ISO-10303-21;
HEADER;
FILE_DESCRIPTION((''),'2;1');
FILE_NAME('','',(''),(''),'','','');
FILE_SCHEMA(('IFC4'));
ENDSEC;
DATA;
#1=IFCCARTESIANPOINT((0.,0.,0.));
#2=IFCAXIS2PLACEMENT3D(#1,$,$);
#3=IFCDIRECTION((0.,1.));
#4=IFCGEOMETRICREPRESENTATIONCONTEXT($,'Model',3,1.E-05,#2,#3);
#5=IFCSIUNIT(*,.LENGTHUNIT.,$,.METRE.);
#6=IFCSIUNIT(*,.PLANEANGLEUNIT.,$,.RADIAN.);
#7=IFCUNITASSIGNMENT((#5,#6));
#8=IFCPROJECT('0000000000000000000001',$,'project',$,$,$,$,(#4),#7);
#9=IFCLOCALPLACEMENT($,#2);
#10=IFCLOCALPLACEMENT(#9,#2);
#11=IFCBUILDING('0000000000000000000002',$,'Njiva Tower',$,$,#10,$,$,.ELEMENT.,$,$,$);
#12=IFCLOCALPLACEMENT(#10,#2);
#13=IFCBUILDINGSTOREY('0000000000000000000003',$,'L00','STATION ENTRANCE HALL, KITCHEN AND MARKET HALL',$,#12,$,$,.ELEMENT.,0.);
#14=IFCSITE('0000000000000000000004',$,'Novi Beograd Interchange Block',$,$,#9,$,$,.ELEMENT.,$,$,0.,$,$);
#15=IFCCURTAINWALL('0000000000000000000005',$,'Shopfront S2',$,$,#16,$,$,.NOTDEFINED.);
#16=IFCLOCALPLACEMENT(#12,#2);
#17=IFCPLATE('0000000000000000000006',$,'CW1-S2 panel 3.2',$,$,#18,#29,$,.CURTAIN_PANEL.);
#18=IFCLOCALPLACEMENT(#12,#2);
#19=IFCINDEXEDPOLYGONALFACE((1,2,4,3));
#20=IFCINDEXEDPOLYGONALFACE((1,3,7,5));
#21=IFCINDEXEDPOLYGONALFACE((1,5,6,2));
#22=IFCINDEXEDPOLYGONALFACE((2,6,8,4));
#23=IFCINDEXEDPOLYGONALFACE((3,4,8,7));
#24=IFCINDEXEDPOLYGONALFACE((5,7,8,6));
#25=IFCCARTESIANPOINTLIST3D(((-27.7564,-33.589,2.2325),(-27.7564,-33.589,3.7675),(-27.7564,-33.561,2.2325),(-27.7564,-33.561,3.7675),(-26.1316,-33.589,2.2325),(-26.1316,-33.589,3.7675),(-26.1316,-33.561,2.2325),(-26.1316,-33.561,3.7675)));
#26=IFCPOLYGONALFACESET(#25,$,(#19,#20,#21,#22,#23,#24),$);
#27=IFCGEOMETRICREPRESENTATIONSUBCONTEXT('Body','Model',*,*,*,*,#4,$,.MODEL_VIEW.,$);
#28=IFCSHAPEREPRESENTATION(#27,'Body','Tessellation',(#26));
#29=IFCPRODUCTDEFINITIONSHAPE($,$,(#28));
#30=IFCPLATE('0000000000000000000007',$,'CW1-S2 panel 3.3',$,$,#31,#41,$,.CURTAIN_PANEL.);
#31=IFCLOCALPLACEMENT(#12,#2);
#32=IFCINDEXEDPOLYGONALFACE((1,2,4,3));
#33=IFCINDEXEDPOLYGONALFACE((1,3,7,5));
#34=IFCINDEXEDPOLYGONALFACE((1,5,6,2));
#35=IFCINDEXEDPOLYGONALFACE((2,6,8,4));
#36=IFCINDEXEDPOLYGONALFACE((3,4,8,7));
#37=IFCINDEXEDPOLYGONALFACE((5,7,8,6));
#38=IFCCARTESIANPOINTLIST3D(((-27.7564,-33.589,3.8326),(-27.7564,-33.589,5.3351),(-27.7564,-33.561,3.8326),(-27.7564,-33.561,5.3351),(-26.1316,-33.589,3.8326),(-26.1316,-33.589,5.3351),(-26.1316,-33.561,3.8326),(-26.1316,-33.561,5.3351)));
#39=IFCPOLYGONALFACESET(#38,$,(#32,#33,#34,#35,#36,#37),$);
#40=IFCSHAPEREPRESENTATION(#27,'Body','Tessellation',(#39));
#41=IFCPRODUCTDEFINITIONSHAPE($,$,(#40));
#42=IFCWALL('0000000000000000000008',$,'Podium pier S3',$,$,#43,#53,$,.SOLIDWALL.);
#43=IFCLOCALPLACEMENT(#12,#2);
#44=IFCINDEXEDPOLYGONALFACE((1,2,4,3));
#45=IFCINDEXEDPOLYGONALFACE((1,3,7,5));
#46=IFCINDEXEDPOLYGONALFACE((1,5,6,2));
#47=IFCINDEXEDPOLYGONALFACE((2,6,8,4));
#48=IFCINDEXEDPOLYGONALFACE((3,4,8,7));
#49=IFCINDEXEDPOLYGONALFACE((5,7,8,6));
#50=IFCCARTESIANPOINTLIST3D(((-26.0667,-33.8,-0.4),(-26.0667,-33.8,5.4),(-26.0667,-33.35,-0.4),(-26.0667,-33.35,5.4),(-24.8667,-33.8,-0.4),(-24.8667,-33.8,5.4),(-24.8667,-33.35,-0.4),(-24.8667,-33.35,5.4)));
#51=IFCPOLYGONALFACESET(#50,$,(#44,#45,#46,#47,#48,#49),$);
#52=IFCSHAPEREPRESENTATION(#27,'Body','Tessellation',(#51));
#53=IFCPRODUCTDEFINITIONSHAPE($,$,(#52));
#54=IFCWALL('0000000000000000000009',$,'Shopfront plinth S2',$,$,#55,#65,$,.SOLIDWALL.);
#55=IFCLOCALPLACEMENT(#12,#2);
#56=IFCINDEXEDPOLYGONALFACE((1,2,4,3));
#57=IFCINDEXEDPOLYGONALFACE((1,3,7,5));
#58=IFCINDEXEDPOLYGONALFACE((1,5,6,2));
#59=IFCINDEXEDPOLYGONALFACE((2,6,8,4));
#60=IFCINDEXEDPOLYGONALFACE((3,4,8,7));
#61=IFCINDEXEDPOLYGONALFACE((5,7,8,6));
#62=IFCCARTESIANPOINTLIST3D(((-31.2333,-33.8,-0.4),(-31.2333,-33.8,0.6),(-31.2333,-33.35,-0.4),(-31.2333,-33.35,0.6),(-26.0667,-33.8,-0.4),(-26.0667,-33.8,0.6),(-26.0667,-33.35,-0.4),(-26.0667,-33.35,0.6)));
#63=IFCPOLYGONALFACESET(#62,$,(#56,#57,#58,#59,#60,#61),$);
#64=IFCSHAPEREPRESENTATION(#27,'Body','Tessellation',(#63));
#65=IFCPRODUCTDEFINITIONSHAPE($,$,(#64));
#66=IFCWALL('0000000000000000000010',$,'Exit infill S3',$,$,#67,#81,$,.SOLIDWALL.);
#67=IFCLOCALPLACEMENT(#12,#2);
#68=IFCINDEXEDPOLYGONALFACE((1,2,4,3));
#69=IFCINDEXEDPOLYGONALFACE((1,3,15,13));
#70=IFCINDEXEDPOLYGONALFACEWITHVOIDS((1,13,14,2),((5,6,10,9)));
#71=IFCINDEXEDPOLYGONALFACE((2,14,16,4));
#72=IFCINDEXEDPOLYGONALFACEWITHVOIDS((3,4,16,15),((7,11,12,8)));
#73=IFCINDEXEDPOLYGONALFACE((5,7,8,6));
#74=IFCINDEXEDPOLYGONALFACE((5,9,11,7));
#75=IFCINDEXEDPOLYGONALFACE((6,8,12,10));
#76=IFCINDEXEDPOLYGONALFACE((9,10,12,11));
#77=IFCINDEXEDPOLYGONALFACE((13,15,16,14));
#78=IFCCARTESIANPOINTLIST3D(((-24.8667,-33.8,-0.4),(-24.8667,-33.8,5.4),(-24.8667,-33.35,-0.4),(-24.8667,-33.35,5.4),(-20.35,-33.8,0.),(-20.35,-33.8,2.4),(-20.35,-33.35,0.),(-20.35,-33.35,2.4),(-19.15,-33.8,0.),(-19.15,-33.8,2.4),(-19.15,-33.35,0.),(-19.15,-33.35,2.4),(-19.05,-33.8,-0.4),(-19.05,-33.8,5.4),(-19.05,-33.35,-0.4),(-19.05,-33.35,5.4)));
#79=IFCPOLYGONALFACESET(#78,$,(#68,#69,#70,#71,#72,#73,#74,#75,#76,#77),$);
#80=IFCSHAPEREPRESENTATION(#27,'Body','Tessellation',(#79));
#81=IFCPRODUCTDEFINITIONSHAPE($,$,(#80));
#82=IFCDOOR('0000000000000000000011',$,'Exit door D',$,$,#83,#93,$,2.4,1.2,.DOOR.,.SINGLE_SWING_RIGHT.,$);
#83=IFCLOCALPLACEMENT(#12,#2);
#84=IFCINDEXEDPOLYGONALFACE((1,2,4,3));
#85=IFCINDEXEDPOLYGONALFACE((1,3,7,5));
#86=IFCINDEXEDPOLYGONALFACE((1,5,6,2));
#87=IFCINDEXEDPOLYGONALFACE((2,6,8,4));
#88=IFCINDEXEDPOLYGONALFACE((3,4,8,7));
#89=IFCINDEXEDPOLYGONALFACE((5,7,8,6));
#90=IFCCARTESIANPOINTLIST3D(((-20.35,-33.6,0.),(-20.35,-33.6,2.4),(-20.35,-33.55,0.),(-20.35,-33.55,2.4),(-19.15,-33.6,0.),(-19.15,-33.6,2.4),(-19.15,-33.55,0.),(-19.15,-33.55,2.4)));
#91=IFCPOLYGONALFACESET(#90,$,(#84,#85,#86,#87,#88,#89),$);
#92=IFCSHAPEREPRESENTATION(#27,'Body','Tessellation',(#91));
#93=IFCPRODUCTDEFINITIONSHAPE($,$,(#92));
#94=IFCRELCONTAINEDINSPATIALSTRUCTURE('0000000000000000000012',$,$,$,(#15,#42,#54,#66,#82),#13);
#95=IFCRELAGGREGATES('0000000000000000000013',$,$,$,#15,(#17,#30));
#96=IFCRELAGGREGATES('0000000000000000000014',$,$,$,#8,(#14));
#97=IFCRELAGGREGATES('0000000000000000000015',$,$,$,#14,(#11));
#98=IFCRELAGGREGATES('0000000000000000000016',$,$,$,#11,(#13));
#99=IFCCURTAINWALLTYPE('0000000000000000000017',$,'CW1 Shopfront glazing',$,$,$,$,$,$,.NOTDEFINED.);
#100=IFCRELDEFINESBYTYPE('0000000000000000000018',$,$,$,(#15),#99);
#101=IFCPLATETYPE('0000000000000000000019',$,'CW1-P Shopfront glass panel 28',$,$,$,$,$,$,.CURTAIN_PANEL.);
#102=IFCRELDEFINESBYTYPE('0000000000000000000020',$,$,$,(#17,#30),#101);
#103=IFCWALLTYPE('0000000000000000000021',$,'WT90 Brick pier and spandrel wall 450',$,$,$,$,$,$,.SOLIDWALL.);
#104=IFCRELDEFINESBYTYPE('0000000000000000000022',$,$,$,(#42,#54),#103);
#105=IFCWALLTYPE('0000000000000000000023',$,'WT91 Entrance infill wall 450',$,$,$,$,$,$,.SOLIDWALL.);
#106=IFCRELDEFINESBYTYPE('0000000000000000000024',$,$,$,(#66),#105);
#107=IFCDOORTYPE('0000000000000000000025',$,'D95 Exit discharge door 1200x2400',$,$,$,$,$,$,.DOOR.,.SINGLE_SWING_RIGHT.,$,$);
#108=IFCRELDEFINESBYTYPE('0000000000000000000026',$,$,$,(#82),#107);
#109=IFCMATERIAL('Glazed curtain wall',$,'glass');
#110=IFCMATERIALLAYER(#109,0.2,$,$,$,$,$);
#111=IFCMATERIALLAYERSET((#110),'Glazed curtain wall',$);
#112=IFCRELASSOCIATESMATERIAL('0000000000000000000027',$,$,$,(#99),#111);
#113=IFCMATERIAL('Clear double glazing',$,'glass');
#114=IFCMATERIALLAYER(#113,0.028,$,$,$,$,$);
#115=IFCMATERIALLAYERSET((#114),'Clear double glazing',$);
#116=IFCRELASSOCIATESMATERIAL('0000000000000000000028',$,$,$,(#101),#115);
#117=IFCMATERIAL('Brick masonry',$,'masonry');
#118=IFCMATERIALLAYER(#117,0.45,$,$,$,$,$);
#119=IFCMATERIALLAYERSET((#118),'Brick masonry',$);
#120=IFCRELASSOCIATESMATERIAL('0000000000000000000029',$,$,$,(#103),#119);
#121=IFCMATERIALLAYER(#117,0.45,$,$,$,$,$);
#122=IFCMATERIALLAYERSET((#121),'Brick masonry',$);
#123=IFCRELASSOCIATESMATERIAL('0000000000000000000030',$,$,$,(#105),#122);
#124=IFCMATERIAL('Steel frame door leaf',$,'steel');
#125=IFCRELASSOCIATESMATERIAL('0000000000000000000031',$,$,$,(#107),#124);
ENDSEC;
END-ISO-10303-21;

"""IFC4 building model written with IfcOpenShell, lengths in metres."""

from ifc_helpers import new_model, si_unit, direction, frame, frame_2d, origin, origin_2d, place, context, subcontext, project, spatial, polyline, rectangle, outline, extrude, material, layer, layer_set, type_object, element, fill, aggregate, save


model = new_model("IFC4")

# Units and contexts
model_context = context("Model", 3, precision=1e-05, world=origin(), true_north=direction((0.0, 1.0)))
body_context = subcontext(model_context, "Body", "Model", "MODEL_VIEW")
ifc_project = project(units=[si_unit("LENGTHUNIT", "METRE"), si_unit("PLANEANGLEUNIT", "RADIAN")], contexts=[model_context])

# Site, building, storey
site_placement = place(None, origin())
site = spatial("IfcSite", under=ifc_project, at=site_placement, Name="Novi Beograd Interchange Block", CompositionType="ELEMENT", RefElevation=0.0)
building_placement = place(site_placement, origin())
building = spatial("IfcBuilding", under=site, at=building_placement, Name="Njiva Tower", CompositionType="ELEMENT")
storey_placement = place(building_placement, origin())
storey = spatial("IfcBuildingStorey", under=building, at=storey_placement, Name="L00", Description="STATION ENTRANCE HALL, KITCHEN AND MARKET HALL", CompositionType="ELEMENT", Elevation=0.0)

# Curtain wall, plates
ifc_material_1 = material(Name="Glazed curtain wall", Category="glass")
ifc_layer_1 = layer(ifc_material_1, 0.2)
ifc_layer_set_1 = layer_set([ifc_layer_1], Name="Glazed curtain wall")
curtain_wall_type = type_object("IfcCurtainWallType", Name="CW1 Shopfront glazing", PredefinedType="NOTDEFINED", material=ifc_layer_set_1)
curtain_wall_placement = place(storey_placement, origin())
curtain_wall = element("IfcCurtainWall", 1, at=curtain_wall_placement, inside=storey, type_object=curtain_wall_type, Name="Shopfront S2", PredefinedType="NOTDEFINED")
ifc_material_2 = material(Name="Clear double glazing", Category="glass")
ifc_layer_2 = layer(ifc_material_2, 0.028)
ifc_layer_set_2 = layer_set([ifc_layer_2], Name="Clear double glazing")
plate_type = type_object("IfcPlateType", Name="CW1-P Shopfront glass panel 28", PredefinedType="CURTAIN_PANEL", material=ifc_layer_set_2)
plate_1_placement = place(storey_placement, frame((-26.944, -33.575, 2.2325), z_axis=(0.0, 0.0, 1.0), x_axis=(1.0, 0.0, 0.0)))
plate_1 = element("IfcPlate", 2, at=plate_1_placement, type_object=plate_type, Name="CW1-S2 panel 3.2", PredefinedType="CURTAIN_PANEL", context=body_context, shape_type="SweptSolid", body=[
    extrude(rectangle(XDim=1.6247, YDim=0.028, at=origin_2d()), origin(), (0.0, 0.0, 1.0), 1.535),
])
plate_2_placement = place(storey_placement, frame((-26.944, -33.575, 3.8326), z_axis=(0.0, 0.0, 1.0), x_axis=(1.0, 0.0, 0.0)))
plate_2 = element("IfcPlate", 3, at=plate_2_placement, type_object=plate_type, Name="CW1-S2 panel 3.3", PredefinedType="CURTAIN_PANEL", context=body_context, shape_type="SweptSolid", body=[
    extrude(rectangle(XDim=1.6247, YDim=0.028, at=origin_2d()), origin(), (0.0, 0.0, 1.0), 1.5025),
])
aggregate(curtain_wall, [plate_1, plate_2])

# Walls
ifc_material_3 = material(Name="Brick masonry", Category="masonry")
ifc_layer_3 = layer(ifc_material_3, 0.45)
ifc_layer_set_3 = layer_set([ifc_layer_3], Name="Brick masonry")
wall_type_1 = type_object("IfcWallType", Name="WT90 Brick pier and spandrel wall 450", PredefinedType="SOLIDWALL", material=ifc_layer_set_3)
wall_1_placement = place(storey_placement, frame((-26.0667, -33.575, -0.4), z_axis=(0.0, 0.0, 1.0), x_axis=(1.0, 0.0, 0.0)))
element("IfcWall", 4, at=wall_1_placement, inside=storey, type_object=wall_type_1, Name="Podium pier S3", PredefinedType="SOLIDWALL", context=body_context, shape_type="SweptSolid", body=[
    extrude(outline(polyline([(0.0, -0.225), (1.2, -0.225), (1.2, 0.225), (0.0, 0.225), (0.0, -0.225)])), origin(), (0.0, 0.0, 1.0), 5.8),
])
wall_2_placement = place(storey_placement, frame((-31.2333, -33.575, -0.4), z_axis=(0.0, 0.0, 1.0), x_axis=(1.0, 0.0, 0.0)))
element("IfcWall", 5, at=wall_2_placement, inside=storey, type_object=wall_type_1, Name="Shopfront plinth S2", PredefinedType="SOLIDWALL", context=body_context, shape_type="SweptSolid", body=[
    extrude(outline(polyline([(0.0, -0.225), (5.1666, -0.225), (5.1666, 0.225), (0.0, 0.225), (0.0, -0.225)])), origin(), (0.0, 0.0, 1.0), 1.0),
])

# Wall, opening, door
ifc_layer_4 = layer(ifc_material_3, 0.45)
ifc_layer_set_4 = layer_set([ifc_layer_4], Name="Brick masonry")
wall_type_2 = type_object("IfcWallType", Name="WT91 Entrance infill wall 450", PredefinedType="SOLIDWALL", material=ifc_layer_set_4)
wall_3_placement = place(storey_placement, frame((-24.8667, -33.575, -0.4), z_axis=(0.0, 0.0, 1.0), x_axis=(1.0, 0.0, 0.0)))
wall_3 = element("IfcWall", 6, at=wall_3_placement, inside=storey, type_object=wall_type_2, Name="Exit infill S3", PredefinedType="SOLIDWALL", context=body_context, shape_type="SweptSolid", body=[
    extrude(outline(polyline([(0.0, -0.225), (5.8167, -0.225), (5.8167, 0.225), (0.0, 0.225), (0.0, -0.225)])), origin(), (0.0, 0.0, 1.0), 5.8),
])
opening_placement = place(wall_3_placement, frame((4.5167, 0.0, 0.4)))
opening = element("IfcOpeningElement", 7, at=opening_placement, cuts=wall_3, PredefinedType="OPENING", context=body_context, shape_type="SweptSolid", body=[
    extrude(rectangle(XDim=1.2, YDim=2.4, at=frame_2d((0.6, 1.2))), frame((0.0, 0.235, 0.0), z_axis=(0.0, -1.0, 0.0), x_axis=(1.0, 0.0, 0.0)), (0.0, 0.0, 1.0), 0.47),
])
ifc_material_4 = material(Name="Steel frame door leaf", Category="steel")
door_type = type_object("IfcDoorType", Name="D95 Exit discharge door 1200x2400", OperationType="SINGLE_SWING_RIGHT", PredefinedType="DOOR", material=ifc_material_4)
door_placement = place(opening_placement, frame((1.2, 0.0, 0.0), z_axis=(0.0, 0.0, 1.0), x_axis=(-1.0, 0.0, 0.0)))
door = element("IfcDoor", 8, at=door_placement, inside=storey, type_object=door_type, Name="Exit door D", OperationType="SINGLE_SWING_RIGHT", OverallHeight=2.4, OverallWidth=1.2, PredefinedType="DOOR", context=body_context, shape_type="SweptSolid", body=[
    extrude(rectangle(XDim=1.2, YDim=2.4, at=frame_2d((0.6, 1.2))), frame((0.0, 0.025, 0.0), z_axis=(0.0, -1.0, 0.0), x_axis=(1.0, 0.0, 0.0)), (0.0, 0.0, 1.0), 0.05),
])
fill(opening, door)

save(model, "model.ifc")
